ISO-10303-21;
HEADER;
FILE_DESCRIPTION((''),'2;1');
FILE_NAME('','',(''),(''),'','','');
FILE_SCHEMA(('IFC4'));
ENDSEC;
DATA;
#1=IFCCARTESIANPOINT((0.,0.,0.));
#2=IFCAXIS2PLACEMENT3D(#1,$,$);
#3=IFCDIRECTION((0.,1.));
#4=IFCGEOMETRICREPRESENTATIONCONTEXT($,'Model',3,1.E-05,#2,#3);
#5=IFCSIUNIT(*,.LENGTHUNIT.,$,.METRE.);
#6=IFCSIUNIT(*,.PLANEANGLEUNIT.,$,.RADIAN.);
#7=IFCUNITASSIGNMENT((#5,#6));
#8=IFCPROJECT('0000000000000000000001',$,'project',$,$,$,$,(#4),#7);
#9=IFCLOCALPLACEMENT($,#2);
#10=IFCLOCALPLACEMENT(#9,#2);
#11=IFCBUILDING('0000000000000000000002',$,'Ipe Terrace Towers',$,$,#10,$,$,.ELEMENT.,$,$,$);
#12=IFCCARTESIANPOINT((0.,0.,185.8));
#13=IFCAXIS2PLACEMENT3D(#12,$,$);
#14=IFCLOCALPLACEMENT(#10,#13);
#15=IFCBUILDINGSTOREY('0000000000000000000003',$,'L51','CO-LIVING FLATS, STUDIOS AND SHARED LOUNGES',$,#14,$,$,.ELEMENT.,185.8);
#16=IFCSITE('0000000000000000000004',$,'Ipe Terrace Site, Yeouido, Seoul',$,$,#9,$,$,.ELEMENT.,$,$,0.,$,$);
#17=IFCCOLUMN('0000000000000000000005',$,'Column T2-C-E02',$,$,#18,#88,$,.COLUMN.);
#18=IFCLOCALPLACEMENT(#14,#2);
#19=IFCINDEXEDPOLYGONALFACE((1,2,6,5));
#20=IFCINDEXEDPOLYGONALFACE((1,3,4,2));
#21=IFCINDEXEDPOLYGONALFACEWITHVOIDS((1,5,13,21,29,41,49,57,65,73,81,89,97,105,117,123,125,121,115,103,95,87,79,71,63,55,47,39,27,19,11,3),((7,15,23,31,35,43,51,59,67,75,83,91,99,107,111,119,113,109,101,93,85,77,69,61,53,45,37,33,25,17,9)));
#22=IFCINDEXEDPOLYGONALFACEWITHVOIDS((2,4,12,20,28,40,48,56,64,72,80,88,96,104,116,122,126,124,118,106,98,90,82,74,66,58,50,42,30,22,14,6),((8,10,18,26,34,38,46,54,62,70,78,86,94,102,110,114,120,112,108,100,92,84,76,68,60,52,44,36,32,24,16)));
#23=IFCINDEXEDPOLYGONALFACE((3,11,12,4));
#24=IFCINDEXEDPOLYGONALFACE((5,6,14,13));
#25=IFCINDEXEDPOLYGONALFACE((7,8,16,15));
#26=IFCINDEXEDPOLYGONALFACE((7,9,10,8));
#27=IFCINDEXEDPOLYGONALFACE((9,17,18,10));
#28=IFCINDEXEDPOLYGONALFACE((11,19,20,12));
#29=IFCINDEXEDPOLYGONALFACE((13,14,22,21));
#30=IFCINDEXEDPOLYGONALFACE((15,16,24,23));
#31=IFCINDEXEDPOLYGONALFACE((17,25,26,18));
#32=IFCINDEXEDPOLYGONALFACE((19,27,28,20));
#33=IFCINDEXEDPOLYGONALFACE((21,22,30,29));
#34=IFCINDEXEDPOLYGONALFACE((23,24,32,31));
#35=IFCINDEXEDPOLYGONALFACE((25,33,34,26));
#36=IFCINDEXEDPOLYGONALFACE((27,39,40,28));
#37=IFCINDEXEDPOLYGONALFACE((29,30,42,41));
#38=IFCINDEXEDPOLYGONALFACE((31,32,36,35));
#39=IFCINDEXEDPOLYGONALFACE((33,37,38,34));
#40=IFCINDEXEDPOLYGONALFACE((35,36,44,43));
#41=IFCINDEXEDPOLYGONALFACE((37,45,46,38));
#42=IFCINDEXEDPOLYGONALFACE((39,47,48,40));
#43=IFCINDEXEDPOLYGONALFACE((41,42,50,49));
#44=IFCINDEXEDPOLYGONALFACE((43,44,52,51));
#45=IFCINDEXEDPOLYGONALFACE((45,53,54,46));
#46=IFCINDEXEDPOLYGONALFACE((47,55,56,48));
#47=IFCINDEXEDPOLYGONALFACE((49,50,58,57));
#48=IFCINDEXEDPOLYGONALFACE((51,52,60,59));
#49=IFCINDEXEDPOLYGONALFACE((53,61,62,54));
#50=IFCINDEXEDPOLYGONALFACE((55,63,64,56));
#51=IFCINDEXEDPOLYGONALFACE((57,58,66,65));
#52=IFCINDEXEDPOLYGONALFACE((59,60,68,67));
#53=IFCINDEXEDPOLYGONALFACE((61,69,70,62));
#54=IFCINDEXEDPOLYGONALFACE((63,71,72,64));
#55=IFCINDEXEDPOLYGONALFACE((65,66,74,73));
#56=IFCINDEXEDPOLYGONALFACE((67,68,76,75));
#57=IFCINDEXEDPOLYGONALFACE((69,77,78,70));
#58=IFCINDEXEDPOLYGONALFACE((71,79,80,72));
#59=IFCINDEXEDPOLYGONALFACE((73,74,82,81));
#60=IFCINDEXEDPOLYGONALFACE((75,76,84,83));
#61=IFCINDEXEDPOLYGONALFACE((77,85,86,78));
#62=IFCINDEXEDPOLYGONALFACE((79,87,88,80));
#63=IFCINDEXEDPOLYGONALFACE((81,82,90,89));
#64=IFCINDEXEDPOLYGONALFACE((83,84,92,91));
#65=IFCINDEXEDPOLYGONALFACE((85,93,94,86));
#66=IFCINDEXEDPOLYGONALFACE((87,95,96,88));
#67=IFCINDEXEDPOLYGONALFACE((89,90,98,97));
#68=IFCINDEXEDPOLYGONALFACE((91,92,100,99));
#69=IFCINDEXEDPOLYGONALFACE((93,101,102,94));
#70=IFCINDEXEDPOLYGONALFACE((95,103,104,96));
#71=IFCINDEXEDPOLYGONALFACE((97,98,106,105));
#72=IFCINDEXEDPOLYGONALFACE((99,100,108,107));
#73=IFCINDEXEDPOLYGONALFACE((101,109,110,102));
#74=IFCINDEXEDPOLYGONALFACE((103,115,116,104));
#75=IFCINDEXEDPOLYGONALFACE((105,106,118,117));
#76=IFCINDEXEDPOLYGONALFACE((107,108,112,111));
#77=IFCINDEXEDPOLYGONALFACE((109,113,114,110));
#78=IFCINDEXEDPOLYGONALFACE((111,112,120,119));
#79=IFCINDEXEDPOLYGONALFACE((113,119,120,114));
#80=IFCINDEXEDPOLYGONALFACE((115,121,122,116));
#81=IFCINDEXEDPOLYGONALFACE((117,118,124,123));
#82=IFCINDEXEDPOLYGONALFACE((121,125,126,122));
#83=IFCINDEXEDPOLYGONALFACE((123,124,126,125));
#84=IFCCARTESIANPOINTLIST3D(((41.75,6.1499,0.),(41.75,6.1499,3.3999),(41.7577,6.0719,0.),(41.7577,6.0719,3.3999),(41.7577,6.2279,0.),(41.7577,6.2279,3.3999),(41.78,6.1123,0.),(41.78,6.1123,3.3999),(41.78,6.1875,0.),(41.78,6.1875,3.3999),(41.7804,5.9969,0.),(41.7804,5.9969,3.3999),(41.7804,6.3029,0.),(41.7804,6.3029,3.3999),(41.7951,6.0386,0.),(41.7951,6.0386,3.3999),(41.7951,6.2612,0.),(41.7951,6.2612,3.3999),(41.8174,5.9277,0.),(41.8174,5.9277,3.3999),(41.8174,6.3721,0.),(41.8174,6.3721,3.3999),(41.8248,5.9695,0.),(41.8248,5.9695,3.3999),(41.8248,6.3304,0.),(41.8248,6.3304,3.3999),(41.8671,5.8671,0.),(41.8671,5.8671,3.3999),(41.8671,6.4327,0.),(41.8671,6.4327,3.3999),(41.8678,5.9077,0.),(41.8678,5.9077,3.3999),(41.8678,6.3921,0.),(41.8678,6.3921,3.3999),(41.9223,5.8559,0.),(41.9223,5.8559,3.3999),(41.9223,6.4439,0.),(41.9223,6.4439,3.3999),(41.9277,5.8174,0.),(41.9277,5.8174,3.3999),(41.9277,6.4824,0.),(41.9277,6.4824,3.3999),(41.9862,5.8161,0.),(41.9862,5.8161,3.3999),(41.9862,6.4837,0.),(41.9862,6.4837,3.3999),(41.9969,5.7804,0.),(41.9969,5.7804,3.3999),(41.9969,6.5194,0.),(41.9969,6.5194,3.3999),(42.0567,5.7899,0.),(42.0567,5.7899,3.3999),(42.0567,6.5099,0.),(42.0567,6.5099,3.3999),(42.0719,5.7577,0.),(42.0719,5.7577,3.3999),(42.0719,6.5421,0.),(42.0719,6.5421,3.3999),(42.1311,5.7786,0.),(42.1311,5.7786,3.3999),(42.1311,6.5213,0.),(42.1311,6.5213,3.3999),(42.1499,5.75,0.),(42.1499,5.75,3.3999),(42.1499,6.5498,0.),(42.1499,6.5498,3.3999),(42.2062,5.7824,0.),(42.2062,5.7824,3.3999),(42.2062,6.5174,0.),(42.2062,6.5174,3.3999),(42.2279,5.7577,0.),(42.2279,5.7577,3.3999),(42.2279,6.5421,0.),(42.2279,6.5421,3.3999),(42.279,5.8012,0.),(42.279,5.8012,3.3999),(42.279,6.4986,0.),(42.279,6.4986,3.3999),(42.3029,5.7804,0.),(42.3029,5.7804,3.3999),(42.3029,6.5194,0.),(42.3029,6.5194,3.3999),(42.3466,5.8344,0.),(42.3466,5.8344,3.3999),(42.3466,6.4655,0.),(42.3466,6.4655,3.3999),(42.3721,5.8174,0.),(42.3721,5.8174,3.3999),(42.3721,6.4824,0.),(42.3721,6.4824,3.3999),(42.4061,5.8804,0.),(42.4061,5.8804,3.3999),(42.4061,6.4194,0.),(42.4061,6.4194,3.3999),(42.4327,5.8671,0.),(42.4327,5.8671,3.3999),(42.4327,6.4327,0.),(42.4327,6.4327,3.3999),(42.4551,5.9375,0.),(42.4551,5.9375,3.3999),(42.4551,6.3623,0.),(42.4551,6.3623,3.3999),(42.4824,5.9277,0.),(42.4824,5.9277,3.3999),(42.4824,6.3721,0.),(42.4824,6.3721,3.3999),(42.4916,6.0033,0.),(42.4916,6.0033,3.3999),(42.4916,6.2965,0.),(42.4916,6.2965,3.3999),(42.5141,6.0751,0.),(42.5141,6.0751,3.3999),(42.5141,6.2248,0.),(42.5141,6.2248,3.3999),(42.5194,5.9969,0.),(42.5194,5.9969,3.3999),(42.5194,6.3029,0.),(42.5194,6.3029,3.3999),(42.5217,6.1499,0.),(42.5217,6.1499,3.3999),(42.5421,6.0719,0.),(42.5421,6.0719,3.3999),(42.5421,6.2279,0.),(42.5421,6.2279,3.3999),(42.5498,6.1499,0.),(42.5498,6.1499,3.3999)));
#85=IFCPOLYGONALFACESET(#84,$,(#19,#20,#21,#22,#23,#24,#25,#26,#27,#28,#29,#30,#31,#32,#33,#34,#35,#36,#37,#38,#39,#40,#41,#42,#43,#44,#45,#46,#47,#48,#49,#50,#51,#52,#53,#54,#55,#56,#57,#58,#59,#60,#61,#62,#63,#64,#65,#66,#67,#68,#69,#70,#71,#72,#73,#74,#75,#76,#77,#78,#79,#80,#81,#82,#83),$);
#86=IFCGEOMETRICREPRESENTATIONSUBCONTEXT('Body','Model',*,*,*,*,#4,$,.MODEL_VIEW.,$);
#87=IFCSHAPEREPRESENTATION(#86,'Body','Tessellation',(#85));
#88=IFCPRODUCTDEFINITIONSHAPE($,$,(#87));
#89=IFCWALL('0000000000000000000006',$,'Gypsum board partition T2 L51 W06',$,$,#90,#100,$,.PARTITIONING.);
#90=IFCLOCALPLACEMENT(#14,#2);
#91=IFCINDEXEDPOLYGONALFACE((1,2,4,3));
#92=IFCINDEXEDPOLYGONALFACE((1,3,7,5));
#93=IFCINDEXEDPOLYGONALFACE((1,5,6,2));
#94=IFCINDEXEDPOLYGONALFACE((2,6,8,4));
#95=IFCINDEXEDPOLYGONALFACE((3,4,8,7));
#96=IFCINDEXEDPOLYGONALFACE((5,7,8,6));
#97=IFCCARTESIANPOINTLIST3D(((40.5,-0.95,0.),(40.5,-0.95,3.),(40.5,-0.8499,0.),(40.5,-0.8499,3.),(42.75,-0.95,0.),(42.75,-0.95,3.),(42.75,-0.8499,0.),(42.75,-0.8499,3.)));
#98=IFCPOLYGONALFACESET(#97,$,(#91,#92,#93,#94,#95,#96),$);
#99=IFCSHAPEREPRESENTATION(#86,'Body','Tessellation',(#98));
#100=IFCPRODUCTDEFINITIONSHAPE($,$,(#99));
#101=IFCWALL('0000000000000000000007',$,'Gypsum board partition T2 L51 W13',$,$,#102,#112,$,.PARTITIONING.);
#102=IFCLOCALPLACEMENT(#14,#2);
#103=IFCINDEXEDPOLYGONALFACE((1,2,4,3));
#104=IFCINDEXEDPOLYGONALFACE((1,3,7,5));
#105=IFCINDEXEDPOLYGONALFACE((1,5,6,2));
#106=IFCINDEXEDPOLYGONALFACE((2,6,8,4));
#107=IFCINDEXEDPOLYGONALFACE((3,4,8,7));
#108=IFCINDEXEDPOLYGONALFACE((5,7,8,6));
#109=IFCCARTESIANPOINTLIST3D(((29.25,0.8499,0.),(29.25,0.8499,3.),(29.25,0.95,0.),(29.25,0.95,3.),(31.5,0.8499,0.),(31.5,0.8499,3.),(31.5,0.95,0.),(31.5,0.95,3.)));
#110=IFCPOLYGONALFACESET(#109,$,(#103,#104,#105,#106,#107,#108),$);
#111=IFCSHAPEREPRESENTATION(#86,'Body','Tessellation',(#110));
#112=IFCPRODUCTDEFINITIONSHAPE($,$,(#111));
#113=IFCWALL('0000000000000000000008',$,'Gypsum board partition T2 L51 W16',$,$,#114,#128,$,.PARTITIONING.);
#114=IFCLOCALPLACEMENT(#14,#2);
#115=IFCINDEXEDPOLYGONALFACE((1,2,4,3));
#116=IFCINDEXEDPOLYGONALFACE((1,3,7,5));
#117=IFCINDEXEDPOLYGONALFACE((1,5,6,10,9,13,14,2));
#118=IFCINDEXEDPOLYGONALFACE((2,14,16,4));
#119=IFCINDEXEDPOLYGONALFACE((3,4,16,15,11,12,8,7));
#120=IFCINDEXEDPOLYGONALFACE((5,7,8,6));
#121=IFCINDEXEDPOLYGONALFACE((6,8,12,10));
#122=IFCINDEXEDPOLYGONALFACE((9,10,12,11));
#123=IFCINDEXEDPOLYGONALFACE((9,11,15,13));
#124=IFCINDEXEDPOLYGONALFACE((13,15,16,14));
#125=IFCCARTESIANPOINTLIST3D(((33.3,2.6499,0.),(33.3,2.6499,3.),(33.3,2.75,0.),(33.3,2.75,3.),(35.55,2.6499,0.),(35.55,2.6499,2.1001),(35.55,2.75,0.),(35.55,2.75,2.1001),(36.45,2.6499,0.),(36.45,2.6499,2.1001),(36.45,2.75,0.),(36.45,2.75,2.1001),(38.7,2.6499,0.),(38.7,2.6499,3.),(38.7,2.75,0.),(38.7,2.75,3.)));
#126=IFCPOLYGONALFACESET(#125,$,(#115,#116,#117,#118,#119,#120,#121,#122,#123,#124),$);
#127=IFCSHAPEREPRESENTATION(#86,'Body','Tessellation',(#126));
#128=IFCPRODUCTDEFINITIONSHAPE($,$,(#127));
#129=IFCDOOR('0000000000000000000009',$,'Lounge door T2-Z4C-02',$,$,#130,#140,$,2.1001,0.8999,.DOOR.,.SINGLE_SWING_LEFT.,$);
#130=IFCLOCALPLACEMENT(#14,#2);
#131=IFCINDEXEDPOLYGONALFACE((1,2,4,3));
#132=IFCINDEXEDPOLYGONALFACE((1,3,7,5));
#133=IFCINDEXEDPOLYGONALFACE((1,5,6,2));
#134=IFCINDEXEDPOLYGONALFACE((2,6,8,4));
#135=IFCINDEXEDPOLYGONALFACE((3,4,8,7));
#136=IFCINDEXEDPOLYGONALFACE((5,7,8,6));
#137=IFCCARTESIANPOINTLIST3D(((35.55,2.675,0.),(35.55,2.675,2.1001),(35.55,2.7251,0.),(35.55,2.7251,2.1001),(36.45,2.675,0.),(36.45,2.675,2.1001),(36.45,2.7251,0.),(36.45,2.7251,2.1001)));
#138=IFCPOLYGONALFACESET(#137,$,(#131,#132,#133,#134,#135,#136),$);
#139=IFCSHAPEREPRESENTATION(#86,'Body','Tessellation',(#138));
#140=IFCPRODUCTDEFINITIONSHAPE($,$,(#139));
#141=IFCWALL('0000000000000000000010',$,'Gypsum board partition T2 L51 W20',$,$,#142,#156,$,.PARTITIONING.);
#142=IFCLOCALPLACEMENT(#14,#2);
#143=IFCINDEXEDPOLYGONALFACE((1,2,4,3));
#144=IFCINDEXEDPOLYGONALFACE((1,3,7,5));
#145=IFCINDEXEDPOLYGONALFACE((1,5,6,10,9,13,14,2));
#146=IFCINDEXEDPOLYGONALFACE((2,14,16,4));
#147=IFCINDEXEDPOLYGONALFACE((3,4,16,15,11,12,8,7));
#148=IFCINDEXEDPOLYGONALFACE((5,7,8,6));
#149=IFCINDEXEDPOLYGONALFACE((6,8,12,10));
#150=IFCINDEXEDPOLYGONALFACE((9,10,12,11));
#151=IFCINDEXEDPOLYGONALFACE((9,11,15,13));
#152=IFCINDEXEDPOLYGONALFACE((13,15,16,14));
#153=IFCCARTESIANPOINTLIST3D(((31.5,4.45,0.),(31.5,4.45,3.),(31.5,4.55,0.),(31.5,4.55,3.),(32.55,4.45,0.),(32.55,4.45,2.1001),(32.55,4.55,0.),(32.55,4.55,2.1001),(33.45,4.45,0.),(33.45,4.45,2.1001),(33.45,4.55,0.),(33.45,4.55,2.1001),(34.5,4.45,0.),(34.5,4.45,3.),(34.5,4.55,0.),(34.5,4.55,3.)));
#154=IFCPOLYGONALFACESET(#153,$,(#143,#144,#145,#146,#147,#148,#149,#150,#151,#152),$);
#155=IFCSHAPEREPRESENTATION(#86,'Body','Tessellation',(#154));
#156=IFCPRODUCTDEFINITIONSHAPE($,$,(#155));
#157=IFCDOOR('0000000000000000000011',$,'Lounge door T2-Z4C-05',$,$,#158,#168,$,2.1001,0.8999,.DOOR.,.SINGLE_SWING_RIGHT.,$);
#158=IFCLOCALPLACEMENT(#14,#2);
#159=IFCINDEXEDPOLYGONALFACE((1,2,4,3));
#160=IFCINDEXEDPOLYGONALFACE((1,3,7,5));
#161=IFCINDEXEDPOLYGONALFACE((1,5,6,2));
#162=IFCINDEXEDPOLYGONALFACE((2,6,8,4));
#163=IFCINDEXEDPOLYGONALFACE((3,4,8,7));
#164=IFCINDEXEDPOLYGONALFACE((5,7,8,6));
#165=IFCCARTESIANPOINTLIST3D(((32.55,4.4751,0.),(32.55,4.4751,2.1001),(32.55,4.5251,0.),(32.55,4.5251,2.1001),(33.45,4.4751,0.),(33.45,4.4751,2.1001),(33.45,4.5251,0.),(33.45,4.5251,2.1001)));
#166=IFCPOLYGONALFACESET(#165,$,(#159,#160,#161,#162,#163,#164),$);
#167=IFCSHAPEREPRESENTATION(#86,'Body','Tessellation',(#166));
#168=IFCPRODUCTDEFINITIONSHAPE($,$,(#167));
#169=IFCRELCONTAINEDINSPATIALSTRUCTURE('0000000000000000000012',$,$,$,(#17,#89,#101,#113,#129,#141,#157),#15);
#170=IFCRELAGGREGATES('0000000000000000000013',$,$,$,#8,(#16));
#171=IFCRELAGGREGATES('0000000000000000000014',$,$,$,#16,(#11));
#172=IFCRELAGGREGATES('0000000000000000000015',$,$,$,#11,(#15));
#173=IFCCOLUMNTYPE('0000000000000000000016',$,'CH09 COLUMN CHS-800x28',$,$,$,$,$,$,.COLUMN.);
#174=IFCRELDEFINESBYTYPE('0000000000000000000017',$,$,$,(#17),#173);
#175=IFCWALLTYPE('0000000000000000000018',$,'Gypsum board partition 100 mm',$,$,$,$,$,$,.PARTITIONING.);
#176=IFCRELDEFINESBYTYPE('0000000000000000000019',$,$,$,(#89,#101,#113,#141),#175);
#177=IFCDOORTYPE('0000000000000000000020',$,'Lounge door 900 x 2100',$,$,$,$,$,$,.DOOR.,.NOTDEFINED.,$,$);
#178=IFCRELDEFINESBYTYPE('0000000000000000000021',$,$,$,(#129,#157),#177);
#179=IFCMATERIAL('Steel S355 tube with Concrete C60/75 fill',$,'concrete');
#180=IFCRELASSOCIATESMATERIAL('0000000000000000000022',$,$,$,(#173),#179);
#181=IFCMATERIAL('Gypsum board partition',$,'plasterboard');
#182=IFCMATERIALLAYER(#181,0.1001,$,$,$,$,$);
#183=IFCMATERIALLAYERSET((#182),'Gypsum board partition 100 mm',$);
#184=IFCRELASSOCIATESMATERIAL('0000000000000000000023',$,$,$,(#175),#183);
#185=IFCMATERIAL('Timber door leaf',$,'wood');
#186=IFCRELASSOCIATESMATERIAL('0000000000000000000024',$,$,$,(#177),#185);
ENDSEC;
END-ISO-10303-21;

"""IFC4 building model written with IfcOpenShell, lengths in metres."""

from ifc_helpers import new_model, si_unit, direction, frame, frame_2d, origin, origin_2d, place, context, subcontext, project, spatial, rectangle, hollow_circle, extrude, material, layer, layer_set, material_profile, profile_set, type_object, element, fill, save


model = new_model("IFC4")

# Units and contexts
model_context = context("Model", 3, precision=1e-05, world=origin(), true_north=direction((0.0, 1.0)))
body_context = subcontext(model_context, "Body", "Model", "MODEL_VIEW")
ifc_project = project(units=[si_unit("LENGTHUNIT", "METRE"), si_unit("PLANEANGLEUNIT", "RADIAN")], contexts=[model_context])

# Site, building, storey
site_placement = place(None, origin())
site = spatial("IfcSite", under=ifc_project, at=site_placement, Name="Ipe Terrace Site, Yeouido, Seoul", CompositionType="ELEMENT", RefElevation=0.0)
building_placement = place(site_placement, origin())
building = spatial("IfcBuilding", under=site, at=building_placement, Name="Ipe Terrace Towers", CompositionType="ELEMENT")
storey_placement = place(building_placement, frame((0.0, 0.0, 185.8)))
storey = spatial("IfcBuildingStorey", under=building, at=storey_placement, Name="L51", Description="CO-LIVING FLATS, STUDIOS AND SHARED LOUNGES", CompositionType="ELEMENT", Elevation=185.8)

# Column
ifc_material_1 = material(Name="Steel S355 tube with Concrete C60/75 fill", Category="concrete")
ifc_material_profile = material_profile(ifc_material_1, hollow_circle(Radius=0.3999, WallThickness=0.0281, at=origin_2d()), Name="CHS-800x28")
ifc_profile_set = profile_set([ifc_material_profile], Name="Steel S355 tube with Concrete C60/75 fill")
column_type = type_object("IfcColumnType", Name="CH09 COLUMN CHS-800x28", PredefinedType="COLUMN", material=ifc_profile_set)
column_placement = place(storey_placement, frame((42.1499, 6.1499, 0.0), z_axis=(0.0, 0.0, 1.0), x_axis=(1.0, 0.0, 0.0)))
element("IfcColumn", 1, at=column_placement, inside=storey, type_object=column_type, Name="Column T2-C-E02", PredefinedType="COLUMN", context=body_context, shape_type="SweptSolid", body=[
    extrude(hollow_circle(Radius=0.3999, WallThickness=0.0281, at=origin_2d()), origin(), (0.0, 0.0, 1.0), 3.3999),
])

# Walls
ifc_material_2 = material(Name="Gypsum board partition", Category="plasterboard")
ifc_layer_1 = layer(ifc_material_2, 0.1001)
ifc_layer_set_1 = layer_set([ifc_layer_1], Name="Gypsum board partition 100 mm")
wall_type_1 = type_object("IfcWallType", Name="Gypsum board partition 100 mm", PredefinedType="PARTITIONING", material=ifc_layer_set_1)
for number, where, z_axis, x_axis, name in (
    (2, (42.75, -0.8999, 0.0), (0.0, 0.0, 1.0), (-1.0, 0.0, 0.0), "Gypsum board partition T2 L51 W06"),
    (3, (31.5, 0.8999, 0.0), (0.0, 0.0, 1.0), (-1.0, 0.0, 0.0), "Gypsum board partition T2 L51 W13"),
):
    element("IfcWall", number, at=place(storey_placement, frame(where, z_axis=z_axis, x_axis=x_axis)), inside=storey, type_object=wall_type_1, Name=name, PredefinedType="PARTITIONING", context=body_context, shape_type="SweptSolid", body=[
        extrude(rectangle(XDim=2.25, YDim=0.1001, at=frame_2d((1.125, 0.0))), origin(), (0.0, 0.0, 1.0), 3.0),
    ])

# Walls, openings, doors
wall_1_placement = place(storey_placement, frame((38.7, 2.7, 0.0), z_axis=(0.0, 0.0, 1.0), x_axis=(-1.0, 0.0, 0.0)))
wall_1 = element("IfcWall", 4, at=wall_1_placement, inside=storey, type_object=wall_type_1, Name="Gypsum board partition T2 L51 W16", PredefinedType="PARTITIONING", context=body_context, shape_type="SweptSolid", body=[
    extrude(rectangle(XDim=5.3999, YDim=0.1001, at=frame_2d((2.7, 0.0))), origin(), (0.0, 0.0, 1.0), 3.0),
])
opening_1_placement = place(wall_1_placement, frame((2.25, 0.0, 0.0)))
opening_1 = element("IfcOpeningElement", 5, at=opening_1_placement, cuts=wall_1, PredefinedType="OPENING", context=body_context, shape_type="SweptSolid", body=[
    extrude(rectangle(XDim=0.8999, YDim=2.1001, at=frame_2d((0.45, 1.05))), frame((0.0, 0.0601, 0.0), z_axis=(0.0, -1.0, 0.0), x_axis=(1.0, 0.0, 0.0)), (0.0, 0.0, 1.0), 0.1201),
])
ifc_material_3 = material(Name="Timber door leaf", Category="wood")
door_type_1 = type_object("IfcDoorType", Name="Lounge door 900 x 2100", OperationType="NOTDEFINED", PredefinedType="DOOR", material=ifc_material_3)
door_1_placement = place(opening_1_placement, origin())
door_1 = element("IfcDoor", 6, at=door_1_placement, inside=storey, type_object=door_type_1, Name="Lounge door T2-Z4C-02", OperationType="SINGLE_SWING_LEFT", OverallHeight=2.1001, OverallWidth=0.8999, PredefinedType="DOOR", context=body_context, shape_type="SweptSolid", body=[
    extrude(rectangle(XDim=0.8999, YDim=2.1001, at=frame_2d((0.45, 1.05))), frame((0.0, 0.0249, 0.0), z_axis=(0.0, -1.0, 0.0), x_axis=(1.0, 0.0, 0.0)), (0.0, 0.0, 1.0), 0.05),
])
fill(opening_1, door_1)
wall_2_placement = place(storey_placement, frame((34.5, 4.5, 0.0), z_axis=(0.0, 0.0, 1.0), x_axis=(-1.0, 0.0, 0.0)))
wall_2 = element("IfcWall", 7, at=wall_2_placement, inside=storey, type_object=wall_type_1, Name="Gypsum board partition T2 L51 W20", PredefinedType="PARTITIONING", context=body_context, shape_type="SweptSolid", body=[
    extrude(rectangle(XDim=3.0, YDim=0.1001, at=frame_2d((1.5, 0.0))), origin(), (0.0, 0.0, 1.0), 3.0),
])
opening_2_placement = place(wall_2_placement, frame((1.05, 0.0, 0.0)))
opening_2 = element("IfcOpeningElement", 8, at=opening_2_placement, cuts=wall_2, PredefinedType="OPENING", context=body_context, shape_type="SweptSolid", body=[
    extrude(rectangle(XDim=0.8999, YDim=2.1001, at=frame_2d((0.45, 1.05))), frame((0.0, 0.0601, 0.0), z_axis=(0.0, -1.0, 0.0), x_axis=(1.0, 0.0, 0.0)), (0.0, 0.0, 1.0), 0.1201),
])
door_2_placement = place(opening_2_placement, origin())
door_2 = element("IfcDoor", 9, at=door_2_placement, inside=storey, type_object=door_type_1, Name="Lounge door T2-Z4C-05", OperationType="SINGLE_SWING_RIGHT", OverallHeight=2.1001, OverallWidth=0.8999, PredefinedType="DOOR", context=body_context, shape_type="SweptSolid", body=[
    extrude(rectangle(XDim=0.8999, YDim=2.1001, at=frame_2d((0.45, 1.05))), frame((0.0, 0.0249, 0.0), z_axis=(0.0, -1.0, 0.0), x_axis=(1.0, 0.0, 0.0)), (0.0, 0.0, 1.0), 0.05),
])
fill(opening_2, door_2)

save(model, "model.ifc")
